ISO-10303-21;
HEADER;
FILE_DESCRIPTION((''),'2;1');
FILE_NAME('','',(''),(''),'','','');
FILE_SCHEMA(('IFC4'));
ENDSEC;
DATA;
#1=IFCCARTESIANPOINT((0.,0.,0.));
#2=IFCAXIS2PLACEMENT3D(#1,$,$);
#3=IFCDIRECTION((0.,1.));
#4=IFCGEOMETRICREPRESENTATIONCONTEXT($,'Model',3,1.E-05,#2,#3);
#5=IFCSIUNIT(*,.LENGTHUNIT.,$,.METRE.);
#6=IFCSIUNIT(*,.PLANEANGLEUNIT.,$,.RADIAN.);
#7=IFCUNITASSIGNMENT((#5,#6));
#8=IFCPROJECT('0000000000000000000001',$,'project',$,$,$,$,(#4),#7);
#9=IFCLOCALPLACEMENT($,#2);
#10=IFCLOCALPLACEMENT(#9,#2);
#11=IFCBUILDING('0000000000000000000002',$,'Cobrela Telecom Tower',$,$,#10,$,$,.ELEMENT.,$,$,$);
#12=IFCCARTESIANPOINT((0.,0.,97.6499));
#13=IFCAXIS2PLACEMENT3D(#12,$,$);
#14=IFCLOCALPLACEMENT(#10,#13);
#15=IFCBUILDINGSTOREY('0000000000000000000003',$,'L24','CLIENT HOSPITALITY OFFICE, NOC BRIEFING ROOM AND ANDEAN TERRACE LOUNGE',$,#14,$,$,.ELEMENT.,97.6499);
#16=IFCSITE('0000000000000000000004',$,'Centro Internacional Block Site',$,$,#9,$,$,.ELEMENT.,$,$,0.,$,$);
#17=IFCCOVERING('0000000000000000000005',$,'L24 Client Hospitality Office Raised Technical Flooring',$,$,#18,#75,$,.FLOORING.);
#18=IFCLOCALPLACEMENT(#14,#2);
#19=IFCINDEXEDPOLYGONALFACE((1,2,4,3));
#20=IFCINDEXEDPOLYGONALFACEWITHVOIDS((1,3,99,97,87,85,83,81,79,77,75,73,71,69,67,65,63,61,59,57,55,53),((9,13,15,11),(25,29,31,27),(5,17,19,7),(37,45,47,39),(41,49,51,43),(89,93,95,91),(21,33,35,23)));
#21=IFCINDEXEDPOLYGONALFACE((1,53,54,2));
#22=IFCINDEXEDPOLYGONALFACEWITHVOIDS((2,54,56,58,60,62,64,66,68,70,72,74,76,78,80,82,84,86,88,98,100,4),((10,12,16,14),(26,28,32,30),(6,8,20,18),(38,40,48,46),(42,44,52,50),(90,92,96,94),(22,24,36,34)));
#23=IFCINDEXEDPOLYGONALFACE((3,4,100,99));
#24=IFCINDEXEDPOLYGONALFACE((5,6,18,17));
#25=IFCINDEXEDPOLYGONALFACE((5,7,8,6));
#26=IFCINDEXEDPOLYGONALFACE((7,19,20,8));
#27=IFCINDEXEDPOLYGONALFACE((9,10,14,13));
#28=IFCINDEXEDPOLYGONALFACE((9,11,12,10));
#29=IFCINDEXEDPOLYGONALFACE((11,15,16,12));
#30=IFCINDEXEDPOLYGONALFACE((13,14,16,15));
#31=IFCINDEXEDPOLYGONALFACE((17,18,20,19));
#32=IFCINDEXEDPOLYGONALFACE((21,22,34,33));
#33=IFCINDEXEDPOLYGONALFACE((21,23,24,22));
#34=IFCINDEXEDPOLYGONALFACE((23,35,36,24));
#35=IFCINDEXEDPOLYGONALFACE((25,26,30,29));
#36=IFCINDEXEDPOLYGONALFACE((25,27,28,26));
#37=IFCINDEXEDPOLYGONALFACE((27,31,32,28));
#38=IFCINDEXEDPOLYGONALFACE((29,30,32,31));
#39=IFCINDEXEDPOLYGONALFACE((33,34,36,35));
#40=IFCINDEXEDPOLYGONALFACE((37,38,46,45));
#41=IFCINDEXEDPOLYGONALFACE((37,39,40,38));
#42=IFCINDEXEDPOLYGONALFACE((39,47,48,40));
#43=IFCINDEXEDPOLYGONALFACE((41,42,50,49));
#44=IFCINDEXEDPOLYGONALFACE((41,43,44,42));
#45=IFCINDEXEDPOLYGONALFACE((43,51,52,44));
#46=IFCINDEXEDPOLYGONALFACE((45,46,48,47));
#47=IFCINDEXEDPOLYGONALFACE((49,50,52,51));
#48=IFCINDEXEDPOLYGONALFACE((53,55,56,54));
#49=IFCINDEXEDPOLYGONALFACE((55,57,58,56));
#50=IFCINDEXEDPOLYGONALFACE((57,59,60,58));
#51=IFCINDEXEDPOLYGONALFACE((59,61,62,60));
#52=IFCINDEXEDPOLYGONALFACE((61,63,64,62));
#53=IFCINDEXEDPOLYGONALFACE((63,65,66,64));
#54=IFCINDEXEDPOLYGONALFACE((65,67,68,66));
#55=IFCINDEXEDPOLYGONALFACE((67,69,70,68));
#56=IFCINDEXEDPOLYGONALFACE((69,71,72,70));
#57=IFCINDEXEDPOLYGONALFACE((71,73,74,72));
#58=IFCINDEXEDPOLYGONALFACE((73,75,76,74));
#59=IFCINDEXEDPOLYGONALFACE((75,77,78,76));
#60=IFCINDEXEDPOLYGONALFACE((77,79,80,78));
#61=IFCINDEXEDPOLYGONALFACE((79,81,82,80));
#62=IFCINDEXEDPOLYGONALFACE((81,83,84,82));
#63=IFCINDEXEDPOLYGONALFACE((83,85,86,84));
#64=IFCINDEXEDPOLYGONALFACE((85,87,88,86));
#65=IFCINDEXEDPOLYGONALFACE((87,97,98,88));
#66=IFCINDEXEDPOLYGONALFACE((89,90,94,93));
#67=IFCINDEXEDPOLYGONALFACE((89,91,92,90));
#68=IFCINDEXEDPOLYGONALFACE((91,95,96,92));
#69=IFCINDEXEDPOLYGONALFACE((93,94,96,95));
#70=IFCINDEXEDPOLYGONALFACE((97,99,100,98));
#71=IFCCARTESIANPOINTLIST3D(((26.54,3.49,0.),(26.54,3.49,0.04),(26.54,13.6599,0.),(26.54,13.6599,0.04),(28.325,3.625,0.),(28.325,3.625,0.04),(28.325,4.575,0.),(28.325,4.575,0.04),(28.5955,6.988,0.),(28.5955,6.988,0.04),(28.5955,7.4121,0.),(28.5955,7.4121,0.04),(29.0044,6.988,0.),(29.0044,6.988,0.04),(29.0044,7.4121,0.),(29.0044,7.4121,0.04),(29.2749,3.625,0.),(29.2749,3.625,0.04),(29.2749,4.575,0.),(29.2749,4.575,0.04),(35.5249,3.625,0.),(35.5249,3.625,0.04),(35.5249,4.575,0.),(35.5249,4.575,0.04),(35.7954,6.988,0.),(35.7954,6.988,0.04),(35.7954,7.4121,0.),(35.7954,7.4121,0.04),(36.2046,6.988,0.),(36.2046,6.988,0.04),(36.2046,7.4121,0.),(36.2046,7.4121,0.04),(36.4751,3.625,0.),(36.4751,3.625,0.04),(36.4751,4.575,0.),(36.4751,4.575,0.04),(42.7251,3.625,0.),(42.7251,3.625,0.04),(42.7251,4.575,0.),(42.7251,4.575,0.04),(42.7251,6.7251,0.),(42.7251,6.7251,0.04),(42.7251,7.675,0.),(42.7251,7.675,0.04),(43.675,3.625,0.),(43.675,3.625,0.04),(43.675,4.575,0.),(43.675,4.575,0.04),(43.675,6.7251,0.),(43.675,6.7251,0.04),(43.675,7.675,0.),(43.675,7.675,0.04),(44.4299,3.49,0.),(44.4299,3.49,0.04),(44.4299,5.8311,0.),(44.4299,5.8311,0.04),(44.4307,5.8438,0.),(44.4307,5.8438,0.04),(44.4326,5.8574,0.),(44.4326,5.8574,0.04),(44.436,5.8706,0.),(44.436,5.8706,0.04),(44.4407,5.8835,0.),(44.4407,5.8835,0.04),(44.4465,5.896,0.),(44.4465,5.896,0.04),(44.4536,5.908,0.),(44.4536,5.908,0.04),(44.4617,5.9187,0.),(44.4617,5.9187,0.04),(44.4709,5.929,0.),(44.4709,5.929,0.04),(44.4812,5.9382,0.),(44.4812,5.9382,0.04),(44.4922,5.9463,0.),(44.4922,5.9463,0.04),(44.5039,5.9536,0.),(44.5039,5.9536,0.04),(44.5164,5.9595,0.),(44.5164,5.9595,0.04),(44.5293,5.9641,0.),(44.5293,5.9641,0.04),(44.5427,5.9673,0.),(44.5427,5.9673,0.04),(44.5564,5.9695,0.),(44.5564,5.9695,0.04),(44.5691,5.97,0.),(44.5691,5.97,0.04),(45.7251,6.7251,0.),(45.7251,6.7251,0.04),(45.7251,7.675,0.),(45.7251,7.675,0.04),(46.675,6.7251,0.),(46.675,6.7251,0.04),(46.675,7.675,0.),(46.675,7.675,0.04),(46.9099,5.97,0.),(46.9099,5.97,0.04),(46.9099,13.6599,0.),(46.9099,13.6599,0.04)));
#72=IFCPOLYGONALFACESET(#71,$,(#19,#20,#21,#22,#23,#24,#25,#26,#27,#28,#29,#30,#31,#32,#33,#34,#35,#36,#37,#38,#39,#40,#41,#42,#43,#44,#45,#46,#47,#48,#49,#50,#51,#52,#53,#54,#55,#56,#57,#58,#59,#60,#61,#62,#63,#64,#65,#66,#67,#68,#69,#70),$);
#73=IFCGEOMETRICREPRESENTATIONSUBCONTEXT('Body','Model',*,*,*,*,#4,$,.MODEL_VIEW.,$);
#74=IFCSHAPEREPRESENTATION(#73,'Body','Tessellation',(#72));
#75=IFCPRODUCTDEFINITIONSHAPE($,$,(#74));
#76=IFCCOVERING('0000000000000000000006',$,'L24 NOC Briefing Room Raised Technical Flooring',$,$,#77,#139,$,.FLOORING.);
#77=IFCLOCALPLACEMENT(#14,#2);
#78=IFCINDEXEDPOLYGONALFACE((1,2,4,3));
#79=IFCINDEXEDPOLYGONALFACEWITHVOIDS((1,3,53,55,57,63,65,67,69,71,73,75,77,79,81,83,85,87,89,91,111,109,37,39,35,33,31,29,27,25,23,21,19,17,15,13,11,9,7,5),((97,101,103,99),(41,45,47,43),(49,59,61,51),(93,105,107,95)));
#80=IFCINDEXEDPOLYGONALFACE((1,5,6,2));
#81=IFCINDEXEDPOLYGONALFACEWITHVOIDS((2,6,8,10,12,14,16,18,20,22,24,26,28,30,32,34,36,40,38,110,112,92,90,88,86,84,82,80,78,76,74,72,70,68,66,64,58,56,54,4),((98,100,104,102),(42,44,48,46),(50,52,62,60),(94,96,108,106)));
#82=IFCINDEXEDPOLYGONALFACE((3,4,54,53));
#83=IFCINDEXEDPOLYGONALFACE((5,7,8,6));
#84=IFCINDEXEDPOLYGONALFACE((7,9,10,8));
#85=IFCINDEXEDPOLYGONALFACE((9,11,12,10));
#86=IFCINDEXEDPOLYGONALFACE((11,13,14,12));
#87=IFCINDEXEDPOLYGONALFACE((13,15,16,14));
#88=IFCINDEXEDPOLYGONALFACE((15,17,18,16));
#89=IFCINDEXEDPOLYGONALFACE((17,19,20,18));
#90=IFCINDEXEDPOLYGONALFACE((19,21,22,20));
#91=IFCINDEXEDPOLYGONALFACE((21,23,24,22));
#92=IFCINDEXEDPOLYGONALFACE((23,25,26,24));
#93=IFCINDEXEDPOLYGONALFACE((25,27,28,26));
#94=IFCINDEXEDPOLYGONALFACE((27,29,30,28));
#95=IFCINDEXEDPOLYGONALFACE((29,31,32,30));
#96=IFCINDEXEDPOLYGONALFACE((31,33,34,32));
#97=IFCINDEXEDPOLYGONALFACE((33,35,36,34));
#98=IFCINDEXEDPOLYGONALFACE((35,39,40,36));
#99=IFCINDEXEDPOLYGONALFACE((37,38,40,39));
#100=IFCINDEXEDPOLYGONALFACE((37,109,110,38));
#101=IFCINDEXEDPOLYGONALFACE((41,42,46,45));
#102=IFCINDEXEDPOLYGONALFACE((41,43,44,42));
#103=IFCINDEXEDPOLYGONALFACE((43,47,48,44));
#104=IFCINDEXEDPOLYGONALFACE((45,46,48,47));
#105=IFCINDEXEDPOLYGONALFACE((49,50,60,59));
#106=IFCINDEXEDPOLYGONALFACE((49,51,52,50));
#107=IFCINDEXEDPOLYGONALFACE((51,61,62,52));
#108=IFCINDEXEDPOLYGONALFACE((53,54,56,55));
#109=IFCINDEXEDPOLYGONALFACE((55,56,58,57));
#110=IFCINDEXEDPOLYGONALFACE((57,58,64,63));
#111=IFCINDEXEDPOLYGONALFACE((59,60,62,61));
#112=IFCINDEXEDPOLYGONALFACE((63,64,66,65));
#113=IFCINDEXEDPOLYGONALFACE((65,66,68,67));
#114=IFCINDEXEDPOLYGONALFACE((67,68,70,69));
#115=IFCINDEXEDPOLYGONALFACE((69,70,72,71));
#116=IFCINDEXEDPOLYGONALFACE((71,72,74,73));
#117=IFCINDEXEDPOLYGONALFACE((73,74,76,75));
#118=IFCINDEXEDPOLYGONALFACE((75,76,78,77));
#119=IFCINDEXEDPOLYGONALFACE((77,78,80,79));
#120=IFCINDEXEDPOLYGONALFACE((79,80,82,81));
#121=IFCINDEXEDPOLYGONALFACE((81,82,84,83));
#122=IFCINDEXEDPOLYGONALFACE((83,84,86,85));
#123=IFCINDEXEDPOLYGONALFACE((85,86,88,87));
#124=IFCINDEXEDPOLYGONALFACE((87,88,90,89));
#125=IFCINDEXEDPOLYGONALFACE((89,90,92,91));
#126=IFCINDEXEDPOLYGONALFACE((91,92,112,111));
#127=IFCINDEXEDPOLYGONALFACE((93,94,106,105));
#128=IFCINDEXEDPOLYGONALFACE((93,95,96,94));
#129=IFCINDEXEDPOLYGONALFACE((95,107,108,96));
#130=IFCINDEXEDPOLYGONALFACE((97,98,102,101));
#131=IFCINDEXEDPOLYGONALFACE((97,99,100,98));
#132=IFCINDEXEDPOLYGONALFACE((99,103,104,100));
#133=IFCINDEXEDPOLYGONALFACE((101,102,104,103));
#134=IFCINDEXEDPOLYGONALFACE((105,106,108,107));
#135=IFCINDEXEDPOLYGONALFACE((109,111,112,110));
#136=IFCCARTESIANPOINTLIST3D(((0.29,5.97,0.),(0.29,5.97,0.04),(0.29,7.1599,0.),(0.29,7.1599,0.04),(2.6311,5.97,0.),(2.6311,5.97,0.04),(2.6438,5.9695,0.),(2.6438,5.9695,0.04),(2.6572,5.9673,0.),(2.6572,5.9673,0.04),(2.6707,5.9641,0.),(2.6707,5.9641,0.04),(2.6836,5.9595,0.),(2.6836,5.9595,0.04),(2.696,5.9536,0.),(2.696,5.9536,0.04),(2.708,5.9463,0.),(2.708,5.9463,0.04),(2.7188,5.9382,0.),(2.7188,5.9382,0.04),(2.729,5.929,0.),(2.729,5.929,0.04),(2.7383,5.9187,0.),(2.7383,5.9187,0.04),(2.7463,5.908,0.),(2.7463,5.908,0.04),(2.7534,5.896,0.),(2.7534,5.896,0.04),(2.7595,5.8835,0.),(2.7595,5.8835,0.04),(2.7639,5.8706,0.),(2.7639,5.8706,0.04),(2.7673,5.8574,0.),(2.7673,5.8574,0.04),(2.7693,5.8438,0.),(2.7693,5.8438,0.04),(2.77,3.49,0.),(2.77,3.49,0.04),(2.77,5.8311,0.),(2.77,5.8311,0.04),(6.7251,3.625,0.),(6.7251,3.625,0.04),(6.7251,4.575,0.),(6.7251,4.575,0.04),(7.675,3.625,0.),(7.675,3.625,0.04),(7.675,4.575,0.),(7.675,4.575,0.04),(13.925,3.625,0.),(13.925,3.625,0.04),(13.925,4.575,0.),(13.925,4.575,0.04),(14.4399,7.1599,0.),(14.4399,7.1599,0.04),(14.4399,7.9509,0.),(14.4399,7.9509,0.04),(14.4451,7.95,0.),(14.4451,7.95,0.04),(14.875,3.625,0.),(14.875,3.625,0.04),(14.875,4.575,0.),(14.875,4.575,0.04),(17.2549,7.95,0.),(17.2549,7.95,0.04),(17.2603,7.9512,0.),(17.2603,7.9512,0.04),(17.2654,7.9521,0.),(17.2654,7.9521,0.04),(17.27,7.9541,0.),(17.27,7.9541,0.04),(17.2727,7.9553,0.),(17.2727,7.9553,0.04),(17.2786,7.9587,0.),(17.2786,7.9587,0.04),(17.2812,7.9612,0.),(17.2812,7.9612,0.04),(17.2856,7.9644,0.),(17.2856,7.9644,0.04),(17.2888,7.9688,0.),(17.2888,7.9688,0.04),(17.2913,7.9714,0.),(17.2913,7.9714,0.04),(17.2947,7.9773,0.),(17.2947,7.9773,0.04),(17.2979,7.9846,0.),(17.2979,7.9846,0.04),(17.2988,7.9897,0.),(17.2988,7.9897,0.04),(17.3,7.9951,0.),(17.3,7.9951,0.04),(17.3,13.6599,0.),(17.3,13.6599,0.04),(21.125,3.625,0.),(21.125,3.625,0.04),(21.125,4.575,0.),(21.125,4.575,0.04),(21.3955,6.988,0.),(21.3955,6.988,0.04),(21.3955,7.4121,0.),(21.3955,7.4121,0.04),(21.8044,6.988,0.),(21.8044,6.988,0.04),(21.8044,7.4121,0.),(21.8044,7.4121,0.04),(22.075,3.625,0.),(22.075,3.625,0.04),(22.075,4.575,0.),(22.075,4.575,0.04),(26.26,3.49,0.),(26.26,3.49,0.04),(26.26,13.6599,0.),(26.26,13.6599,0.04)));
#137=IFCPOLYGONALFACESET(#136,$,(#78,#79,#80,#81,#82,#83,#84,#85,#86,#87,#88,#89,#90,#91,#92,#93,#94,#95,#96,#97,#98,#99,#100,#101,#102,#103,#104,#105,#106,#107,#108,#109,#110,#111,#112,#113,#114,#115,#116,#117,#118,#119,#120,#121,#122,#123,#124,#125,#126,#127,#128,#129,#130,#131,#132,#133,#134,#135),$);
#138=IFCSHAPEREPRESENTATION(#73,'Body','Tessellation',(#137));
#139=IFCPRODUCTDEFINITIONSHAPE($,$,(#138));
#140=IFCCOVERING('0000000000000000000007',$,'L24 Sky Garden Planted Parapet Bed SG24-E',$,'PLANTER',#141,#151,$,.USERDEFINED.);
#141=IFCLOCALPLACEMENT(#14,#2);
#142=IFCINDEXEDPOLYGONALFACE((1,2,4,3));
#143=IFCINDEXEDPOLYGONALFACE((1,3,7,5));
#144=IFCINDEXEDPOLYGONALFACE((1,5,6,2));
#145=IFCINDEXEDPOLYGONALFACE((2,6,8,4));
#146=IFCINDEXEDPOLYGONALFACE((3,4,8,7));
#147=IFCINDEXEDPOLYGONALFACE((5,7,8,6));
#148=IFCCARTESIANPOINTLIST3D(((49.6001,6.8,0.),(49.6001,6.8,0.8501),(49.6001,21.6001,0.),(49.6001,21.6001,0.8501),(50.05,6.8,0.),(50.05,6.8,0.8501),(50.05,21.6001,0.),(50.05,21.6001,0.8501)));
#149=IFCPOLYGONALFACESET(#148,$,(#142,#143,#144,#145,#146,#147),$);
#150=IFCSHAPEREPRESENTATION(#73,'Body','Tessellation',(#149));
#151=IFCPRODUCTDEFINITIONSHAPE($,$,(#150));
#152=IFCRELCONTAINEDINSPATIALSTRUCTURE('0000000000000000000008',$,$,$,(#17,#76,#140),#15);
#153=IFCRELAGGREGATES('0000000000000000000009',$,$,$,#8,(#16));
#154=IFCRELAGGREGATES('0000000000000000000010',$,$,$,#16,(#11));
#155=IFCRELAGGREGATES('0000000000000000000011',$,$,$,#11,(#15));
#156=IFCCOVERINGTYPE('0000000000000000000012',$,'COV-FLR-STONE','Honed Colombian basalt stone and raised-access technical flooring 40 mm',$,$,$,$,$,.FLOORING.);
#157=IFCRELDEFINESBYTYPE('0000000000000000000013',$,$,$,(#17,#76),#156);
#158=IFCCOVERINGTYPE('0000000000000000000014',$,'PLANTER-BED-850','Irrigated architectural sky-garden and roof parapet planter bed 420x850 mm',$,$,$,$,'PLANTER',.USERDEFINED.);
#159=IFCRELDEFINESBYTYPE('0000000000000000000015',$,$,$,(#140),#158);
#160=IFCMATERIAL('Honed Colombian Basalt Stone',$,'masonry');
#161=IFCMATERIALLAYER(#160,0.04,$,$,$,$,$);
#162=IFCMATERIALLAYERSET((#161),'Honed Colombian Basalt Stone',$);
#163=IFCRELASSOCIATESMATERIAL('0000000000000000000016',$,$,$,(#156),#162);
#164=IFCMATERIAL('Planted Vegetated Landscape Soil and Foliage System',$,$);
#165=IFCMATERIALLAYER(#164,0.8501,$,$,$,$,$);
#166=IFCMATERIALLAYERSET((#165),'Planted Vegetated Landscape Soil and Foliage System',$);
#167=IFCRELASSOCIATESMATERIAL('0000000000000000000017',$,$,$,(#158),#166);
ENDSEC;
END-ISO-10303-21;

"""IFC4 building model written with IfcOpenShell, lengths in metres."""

from ifc_helpers import new_model, si_unit, direction, frame, origin, place, context, subcontext, project, spatial, polyline, outline, extrude, material, layer, layer_set, type_object, element, save


model = new_model("IFC4")

# Units and contexts
model_context = context("Model", 3, precision=1e-05, world=origin(), true_north=direction((0.0, 1.0)))
body_context = subcontext(model_context, "Body", "Model", "MODEL_VIEW")
ifc_project = project(units=[si_unit("LENGTHUNIT", "METRE"), si_unit("PLANEANGLEUNIT", "RADIAN")], contexts=[model_context])

# Site, building, storey
site_placement = place(None, origin())
site = spatial("IfcSite", under=ifc_project, at=site_placement, Name="Centro Internacional Block Site", CompositionType="ELEMENT", RefElevation=0.0)
building_placement = place(site_placement, origin())
building = spatial("IfcBuilding", under=site, at=building_placement, Name="Cobrela Telecom Tower", CompositionType="ELEMENT")
storey_placement = place(building_placement, frame((0.0, 0.0, 97.6499)))
storey = spatial("IfcBuildingStorey", under=building, at=storey_placement, Name="L24", Description="CLIENT HOSPITALITY OFFICE, NOC BRIEFING ROOM AND ANDEAN TERRACE LOUNGE", CompositionType="ELEMENT", Elevation=97.6499)

# Coverings
ifc_material_1 = material(Name="Honed Colombian Basalt Stone", Category="masonry")
ifc_layer_1 = layer(ifc_material_1, 0.04)
ifc_layer_set_1 = layer_set([ifc_layer_1], Name="Honed Colombian Basalt Stone")
covering_type_1 = type_object("IfcCoveringType", Name="COV-FLR-STONE", Description="Honed Colombian basalt stone and raised-access technical flooring 40 mm", PredefinedType="FLOORING", material=ifc_layer_set_1)
covering_1_placement = place(storey_placement, origin())
element("IfcCovering", 1, at=covering_1_placement, inside=storey, type_object=covering_type_1, Name="L24 Client Hospitality Office Raised Technical Flooring", PredefinedType="FLOORING", context=body_context, shape_type="SweptSolid", body=[
    extrude(outline(polyline([(46.9099, 5.97), (44.5691, 5.97), (44.5564, 5.9695), (44.5427, 5.9673), (44.5293, 5.9641), (44.5164, 5.9595), (44.5039, 5.9536), (44.4922, 5.9463), (44.4812, 5.9382), (44.4709, 5.929), (44.4617, 5.9187), (44.4536, 5.908), (44.4465, 5.896), (44.4407, 5.8835), (44.436, 5.8706), (44.4326, 5.8574), (44.4307, 5.8438), (44.4299, 5.8311), (44.4299, 3.49), (26.54, 3.49), (26.54, 13.6599), (46.9099, 13.6599), (46.9099, 5.97)]), holes=[polyline([(29.0044, 6.988), (29.0044, 7.4121), (28.5955, 7.4121), (28.5955, 6.988), (29.0044, 6.988)]), polyline([(29.2749, 4.575), (28.325, 4.575), (28.325, 3.625), (29.2749, 3.625), (29.2749, 4.575)]), polyline([(36.4751, 3.625), (36.4751, 4.575), (35.5249, 4.575), (35.5249, 3.625), (36.4751, 3.625)]), polyline([(43.675, 3.625), (43.675, 4.575), (42.7251, 4.575), (42.7251, 3.625), (43.675, 3.625)]), polyline([(36.2046, 6.988), (36.2046, 7.4121), (35.7954, 7.4121), (35.7954, 6.988), (36.2046, 6.988)]), polyline([(43.675, 6.7251), (43.675, 7.675), (42.7251, 7.675), (42.7251, 6.7251), (43.675, 6.7251)]), polyline([(46.675, 6.7251), (46.675, 7.675), (45.7251, 7.675), (45.7251, 6.7251), (46.675, 6.7251)])]), origin(), (0.0, 0.0, 1.0), 0.04),
])
covering_2_placement = place(storey_placement, origin())
element("IfcCovering", 2, at=covering_2_placement, inside=storey, type_object=covering_type_1, Name="L24 NOC Briefing Room Raised Technical Flooring", PredefinedType="FLOORING", context=body_context, shape_type="SweptSolid", body=[
    extrude(outline(polyline([(2.77, 5.8311), (2.7693, 5.8438), (2.7673, 5.8574), (2.7639, 5.8706), (2.7595, 5.8835), (2.7534, 5.896), (2.7463, 5.908), (2.7383, 5.9187), (2.729, 5.929), (2.7188, 5.9382), (2.708, 5.9463), (2.696, 5.9536), (2.6836, 5.9595), (2.6707, 5.9641), (2.6572, 5.9673), (2.6438, 5.9695), (2.6311, 5.97), (0.29, 5.97), (0.29, 7.1599), (14.4399, 7.1599), (14.4399, 7.9509), (14.4451, 7.95), (17.2549, 7.95), (17.2603, 7.9512), (17.2654, 7.9521), (17.27, 7.9541), (17.2727, 7.9553), (17.2786, 7.9587), (17.2812, 7.9612), (17.2856, 7.9644), (17.2888, 7.9688), (17.2913, 7.9714), (17.2947, 7.9773), (17.2979, 7.9846), (17.2988, 7.9897), (17.3, 7.9951), (17.3, 13.6599), (26.26, 13.6599), (26.26, 3.49), (2.77, 3.49), (2.77, 5.8311)]), holes=[polyline([(7.675, 4.575), (6.7251, 4.575), (6.7251, 3.625), (7.675, 3.625), (7.675, 4.575)]), polyline([(14.875, 3.625), (14.875, 4.575), (13.925, 4.575), (13.925, 3.625), (14.875, 3.625)]), polyline([(22.075, 3.625), (22.075, 4.575), (21.125, 4.575), (21.125, 3.625), (22.075, 3.625)]), polyline([(21.8044, 6.988), (21.8044, 7.4121), (21.3955, 7.4121), (21.3955, 6.988), (21.8044, 6.988)])]), origin(), (0.0, 0.0, 1.0), 0.04),
])
ifc_material_2 = material(Name="Planted Vegetated Landscape Soil and Foliage System")
ifc_layer_2 = layer(ifc_material_2, 0.8501)
ifc_layer_set_2 = layer_set([ifc_layer_2], Name="Planted Vegetated Landscape Soil and Foliage System")
covering_type_2 = type_object("IfcCoveringType", Name="PLANTER-BED-850", Description="Irrigated architectural sky-garden and roof parapet planter bed 420x850 mm", ElementType="PLANTER", PredefinedType="USERDEFINED", material=ifc_layer_set_2)
covering_3_placement = place(storey_placement, origin())
element("IfcCovering", 3, at=covering_3_placement, inside=storey, type_object=covering_type_2, Name="L24 Sky Garden Planted Parapet Bed SG24-E", ObjectType="PLANTER", PredefinedType="USERDEFINED", context=body_context, shape_type="SweptSolid", body=[
    extrude(outline(polyline([(49.6001, 6.8), (50.05, 6.8), (50.05, 21.6001), (49.6001, 21.6001), (49.6001, 6.8)])), origin(), (0.0, 0.0, 1.0), 0.8501),
])

save(model, "model.ifc")
